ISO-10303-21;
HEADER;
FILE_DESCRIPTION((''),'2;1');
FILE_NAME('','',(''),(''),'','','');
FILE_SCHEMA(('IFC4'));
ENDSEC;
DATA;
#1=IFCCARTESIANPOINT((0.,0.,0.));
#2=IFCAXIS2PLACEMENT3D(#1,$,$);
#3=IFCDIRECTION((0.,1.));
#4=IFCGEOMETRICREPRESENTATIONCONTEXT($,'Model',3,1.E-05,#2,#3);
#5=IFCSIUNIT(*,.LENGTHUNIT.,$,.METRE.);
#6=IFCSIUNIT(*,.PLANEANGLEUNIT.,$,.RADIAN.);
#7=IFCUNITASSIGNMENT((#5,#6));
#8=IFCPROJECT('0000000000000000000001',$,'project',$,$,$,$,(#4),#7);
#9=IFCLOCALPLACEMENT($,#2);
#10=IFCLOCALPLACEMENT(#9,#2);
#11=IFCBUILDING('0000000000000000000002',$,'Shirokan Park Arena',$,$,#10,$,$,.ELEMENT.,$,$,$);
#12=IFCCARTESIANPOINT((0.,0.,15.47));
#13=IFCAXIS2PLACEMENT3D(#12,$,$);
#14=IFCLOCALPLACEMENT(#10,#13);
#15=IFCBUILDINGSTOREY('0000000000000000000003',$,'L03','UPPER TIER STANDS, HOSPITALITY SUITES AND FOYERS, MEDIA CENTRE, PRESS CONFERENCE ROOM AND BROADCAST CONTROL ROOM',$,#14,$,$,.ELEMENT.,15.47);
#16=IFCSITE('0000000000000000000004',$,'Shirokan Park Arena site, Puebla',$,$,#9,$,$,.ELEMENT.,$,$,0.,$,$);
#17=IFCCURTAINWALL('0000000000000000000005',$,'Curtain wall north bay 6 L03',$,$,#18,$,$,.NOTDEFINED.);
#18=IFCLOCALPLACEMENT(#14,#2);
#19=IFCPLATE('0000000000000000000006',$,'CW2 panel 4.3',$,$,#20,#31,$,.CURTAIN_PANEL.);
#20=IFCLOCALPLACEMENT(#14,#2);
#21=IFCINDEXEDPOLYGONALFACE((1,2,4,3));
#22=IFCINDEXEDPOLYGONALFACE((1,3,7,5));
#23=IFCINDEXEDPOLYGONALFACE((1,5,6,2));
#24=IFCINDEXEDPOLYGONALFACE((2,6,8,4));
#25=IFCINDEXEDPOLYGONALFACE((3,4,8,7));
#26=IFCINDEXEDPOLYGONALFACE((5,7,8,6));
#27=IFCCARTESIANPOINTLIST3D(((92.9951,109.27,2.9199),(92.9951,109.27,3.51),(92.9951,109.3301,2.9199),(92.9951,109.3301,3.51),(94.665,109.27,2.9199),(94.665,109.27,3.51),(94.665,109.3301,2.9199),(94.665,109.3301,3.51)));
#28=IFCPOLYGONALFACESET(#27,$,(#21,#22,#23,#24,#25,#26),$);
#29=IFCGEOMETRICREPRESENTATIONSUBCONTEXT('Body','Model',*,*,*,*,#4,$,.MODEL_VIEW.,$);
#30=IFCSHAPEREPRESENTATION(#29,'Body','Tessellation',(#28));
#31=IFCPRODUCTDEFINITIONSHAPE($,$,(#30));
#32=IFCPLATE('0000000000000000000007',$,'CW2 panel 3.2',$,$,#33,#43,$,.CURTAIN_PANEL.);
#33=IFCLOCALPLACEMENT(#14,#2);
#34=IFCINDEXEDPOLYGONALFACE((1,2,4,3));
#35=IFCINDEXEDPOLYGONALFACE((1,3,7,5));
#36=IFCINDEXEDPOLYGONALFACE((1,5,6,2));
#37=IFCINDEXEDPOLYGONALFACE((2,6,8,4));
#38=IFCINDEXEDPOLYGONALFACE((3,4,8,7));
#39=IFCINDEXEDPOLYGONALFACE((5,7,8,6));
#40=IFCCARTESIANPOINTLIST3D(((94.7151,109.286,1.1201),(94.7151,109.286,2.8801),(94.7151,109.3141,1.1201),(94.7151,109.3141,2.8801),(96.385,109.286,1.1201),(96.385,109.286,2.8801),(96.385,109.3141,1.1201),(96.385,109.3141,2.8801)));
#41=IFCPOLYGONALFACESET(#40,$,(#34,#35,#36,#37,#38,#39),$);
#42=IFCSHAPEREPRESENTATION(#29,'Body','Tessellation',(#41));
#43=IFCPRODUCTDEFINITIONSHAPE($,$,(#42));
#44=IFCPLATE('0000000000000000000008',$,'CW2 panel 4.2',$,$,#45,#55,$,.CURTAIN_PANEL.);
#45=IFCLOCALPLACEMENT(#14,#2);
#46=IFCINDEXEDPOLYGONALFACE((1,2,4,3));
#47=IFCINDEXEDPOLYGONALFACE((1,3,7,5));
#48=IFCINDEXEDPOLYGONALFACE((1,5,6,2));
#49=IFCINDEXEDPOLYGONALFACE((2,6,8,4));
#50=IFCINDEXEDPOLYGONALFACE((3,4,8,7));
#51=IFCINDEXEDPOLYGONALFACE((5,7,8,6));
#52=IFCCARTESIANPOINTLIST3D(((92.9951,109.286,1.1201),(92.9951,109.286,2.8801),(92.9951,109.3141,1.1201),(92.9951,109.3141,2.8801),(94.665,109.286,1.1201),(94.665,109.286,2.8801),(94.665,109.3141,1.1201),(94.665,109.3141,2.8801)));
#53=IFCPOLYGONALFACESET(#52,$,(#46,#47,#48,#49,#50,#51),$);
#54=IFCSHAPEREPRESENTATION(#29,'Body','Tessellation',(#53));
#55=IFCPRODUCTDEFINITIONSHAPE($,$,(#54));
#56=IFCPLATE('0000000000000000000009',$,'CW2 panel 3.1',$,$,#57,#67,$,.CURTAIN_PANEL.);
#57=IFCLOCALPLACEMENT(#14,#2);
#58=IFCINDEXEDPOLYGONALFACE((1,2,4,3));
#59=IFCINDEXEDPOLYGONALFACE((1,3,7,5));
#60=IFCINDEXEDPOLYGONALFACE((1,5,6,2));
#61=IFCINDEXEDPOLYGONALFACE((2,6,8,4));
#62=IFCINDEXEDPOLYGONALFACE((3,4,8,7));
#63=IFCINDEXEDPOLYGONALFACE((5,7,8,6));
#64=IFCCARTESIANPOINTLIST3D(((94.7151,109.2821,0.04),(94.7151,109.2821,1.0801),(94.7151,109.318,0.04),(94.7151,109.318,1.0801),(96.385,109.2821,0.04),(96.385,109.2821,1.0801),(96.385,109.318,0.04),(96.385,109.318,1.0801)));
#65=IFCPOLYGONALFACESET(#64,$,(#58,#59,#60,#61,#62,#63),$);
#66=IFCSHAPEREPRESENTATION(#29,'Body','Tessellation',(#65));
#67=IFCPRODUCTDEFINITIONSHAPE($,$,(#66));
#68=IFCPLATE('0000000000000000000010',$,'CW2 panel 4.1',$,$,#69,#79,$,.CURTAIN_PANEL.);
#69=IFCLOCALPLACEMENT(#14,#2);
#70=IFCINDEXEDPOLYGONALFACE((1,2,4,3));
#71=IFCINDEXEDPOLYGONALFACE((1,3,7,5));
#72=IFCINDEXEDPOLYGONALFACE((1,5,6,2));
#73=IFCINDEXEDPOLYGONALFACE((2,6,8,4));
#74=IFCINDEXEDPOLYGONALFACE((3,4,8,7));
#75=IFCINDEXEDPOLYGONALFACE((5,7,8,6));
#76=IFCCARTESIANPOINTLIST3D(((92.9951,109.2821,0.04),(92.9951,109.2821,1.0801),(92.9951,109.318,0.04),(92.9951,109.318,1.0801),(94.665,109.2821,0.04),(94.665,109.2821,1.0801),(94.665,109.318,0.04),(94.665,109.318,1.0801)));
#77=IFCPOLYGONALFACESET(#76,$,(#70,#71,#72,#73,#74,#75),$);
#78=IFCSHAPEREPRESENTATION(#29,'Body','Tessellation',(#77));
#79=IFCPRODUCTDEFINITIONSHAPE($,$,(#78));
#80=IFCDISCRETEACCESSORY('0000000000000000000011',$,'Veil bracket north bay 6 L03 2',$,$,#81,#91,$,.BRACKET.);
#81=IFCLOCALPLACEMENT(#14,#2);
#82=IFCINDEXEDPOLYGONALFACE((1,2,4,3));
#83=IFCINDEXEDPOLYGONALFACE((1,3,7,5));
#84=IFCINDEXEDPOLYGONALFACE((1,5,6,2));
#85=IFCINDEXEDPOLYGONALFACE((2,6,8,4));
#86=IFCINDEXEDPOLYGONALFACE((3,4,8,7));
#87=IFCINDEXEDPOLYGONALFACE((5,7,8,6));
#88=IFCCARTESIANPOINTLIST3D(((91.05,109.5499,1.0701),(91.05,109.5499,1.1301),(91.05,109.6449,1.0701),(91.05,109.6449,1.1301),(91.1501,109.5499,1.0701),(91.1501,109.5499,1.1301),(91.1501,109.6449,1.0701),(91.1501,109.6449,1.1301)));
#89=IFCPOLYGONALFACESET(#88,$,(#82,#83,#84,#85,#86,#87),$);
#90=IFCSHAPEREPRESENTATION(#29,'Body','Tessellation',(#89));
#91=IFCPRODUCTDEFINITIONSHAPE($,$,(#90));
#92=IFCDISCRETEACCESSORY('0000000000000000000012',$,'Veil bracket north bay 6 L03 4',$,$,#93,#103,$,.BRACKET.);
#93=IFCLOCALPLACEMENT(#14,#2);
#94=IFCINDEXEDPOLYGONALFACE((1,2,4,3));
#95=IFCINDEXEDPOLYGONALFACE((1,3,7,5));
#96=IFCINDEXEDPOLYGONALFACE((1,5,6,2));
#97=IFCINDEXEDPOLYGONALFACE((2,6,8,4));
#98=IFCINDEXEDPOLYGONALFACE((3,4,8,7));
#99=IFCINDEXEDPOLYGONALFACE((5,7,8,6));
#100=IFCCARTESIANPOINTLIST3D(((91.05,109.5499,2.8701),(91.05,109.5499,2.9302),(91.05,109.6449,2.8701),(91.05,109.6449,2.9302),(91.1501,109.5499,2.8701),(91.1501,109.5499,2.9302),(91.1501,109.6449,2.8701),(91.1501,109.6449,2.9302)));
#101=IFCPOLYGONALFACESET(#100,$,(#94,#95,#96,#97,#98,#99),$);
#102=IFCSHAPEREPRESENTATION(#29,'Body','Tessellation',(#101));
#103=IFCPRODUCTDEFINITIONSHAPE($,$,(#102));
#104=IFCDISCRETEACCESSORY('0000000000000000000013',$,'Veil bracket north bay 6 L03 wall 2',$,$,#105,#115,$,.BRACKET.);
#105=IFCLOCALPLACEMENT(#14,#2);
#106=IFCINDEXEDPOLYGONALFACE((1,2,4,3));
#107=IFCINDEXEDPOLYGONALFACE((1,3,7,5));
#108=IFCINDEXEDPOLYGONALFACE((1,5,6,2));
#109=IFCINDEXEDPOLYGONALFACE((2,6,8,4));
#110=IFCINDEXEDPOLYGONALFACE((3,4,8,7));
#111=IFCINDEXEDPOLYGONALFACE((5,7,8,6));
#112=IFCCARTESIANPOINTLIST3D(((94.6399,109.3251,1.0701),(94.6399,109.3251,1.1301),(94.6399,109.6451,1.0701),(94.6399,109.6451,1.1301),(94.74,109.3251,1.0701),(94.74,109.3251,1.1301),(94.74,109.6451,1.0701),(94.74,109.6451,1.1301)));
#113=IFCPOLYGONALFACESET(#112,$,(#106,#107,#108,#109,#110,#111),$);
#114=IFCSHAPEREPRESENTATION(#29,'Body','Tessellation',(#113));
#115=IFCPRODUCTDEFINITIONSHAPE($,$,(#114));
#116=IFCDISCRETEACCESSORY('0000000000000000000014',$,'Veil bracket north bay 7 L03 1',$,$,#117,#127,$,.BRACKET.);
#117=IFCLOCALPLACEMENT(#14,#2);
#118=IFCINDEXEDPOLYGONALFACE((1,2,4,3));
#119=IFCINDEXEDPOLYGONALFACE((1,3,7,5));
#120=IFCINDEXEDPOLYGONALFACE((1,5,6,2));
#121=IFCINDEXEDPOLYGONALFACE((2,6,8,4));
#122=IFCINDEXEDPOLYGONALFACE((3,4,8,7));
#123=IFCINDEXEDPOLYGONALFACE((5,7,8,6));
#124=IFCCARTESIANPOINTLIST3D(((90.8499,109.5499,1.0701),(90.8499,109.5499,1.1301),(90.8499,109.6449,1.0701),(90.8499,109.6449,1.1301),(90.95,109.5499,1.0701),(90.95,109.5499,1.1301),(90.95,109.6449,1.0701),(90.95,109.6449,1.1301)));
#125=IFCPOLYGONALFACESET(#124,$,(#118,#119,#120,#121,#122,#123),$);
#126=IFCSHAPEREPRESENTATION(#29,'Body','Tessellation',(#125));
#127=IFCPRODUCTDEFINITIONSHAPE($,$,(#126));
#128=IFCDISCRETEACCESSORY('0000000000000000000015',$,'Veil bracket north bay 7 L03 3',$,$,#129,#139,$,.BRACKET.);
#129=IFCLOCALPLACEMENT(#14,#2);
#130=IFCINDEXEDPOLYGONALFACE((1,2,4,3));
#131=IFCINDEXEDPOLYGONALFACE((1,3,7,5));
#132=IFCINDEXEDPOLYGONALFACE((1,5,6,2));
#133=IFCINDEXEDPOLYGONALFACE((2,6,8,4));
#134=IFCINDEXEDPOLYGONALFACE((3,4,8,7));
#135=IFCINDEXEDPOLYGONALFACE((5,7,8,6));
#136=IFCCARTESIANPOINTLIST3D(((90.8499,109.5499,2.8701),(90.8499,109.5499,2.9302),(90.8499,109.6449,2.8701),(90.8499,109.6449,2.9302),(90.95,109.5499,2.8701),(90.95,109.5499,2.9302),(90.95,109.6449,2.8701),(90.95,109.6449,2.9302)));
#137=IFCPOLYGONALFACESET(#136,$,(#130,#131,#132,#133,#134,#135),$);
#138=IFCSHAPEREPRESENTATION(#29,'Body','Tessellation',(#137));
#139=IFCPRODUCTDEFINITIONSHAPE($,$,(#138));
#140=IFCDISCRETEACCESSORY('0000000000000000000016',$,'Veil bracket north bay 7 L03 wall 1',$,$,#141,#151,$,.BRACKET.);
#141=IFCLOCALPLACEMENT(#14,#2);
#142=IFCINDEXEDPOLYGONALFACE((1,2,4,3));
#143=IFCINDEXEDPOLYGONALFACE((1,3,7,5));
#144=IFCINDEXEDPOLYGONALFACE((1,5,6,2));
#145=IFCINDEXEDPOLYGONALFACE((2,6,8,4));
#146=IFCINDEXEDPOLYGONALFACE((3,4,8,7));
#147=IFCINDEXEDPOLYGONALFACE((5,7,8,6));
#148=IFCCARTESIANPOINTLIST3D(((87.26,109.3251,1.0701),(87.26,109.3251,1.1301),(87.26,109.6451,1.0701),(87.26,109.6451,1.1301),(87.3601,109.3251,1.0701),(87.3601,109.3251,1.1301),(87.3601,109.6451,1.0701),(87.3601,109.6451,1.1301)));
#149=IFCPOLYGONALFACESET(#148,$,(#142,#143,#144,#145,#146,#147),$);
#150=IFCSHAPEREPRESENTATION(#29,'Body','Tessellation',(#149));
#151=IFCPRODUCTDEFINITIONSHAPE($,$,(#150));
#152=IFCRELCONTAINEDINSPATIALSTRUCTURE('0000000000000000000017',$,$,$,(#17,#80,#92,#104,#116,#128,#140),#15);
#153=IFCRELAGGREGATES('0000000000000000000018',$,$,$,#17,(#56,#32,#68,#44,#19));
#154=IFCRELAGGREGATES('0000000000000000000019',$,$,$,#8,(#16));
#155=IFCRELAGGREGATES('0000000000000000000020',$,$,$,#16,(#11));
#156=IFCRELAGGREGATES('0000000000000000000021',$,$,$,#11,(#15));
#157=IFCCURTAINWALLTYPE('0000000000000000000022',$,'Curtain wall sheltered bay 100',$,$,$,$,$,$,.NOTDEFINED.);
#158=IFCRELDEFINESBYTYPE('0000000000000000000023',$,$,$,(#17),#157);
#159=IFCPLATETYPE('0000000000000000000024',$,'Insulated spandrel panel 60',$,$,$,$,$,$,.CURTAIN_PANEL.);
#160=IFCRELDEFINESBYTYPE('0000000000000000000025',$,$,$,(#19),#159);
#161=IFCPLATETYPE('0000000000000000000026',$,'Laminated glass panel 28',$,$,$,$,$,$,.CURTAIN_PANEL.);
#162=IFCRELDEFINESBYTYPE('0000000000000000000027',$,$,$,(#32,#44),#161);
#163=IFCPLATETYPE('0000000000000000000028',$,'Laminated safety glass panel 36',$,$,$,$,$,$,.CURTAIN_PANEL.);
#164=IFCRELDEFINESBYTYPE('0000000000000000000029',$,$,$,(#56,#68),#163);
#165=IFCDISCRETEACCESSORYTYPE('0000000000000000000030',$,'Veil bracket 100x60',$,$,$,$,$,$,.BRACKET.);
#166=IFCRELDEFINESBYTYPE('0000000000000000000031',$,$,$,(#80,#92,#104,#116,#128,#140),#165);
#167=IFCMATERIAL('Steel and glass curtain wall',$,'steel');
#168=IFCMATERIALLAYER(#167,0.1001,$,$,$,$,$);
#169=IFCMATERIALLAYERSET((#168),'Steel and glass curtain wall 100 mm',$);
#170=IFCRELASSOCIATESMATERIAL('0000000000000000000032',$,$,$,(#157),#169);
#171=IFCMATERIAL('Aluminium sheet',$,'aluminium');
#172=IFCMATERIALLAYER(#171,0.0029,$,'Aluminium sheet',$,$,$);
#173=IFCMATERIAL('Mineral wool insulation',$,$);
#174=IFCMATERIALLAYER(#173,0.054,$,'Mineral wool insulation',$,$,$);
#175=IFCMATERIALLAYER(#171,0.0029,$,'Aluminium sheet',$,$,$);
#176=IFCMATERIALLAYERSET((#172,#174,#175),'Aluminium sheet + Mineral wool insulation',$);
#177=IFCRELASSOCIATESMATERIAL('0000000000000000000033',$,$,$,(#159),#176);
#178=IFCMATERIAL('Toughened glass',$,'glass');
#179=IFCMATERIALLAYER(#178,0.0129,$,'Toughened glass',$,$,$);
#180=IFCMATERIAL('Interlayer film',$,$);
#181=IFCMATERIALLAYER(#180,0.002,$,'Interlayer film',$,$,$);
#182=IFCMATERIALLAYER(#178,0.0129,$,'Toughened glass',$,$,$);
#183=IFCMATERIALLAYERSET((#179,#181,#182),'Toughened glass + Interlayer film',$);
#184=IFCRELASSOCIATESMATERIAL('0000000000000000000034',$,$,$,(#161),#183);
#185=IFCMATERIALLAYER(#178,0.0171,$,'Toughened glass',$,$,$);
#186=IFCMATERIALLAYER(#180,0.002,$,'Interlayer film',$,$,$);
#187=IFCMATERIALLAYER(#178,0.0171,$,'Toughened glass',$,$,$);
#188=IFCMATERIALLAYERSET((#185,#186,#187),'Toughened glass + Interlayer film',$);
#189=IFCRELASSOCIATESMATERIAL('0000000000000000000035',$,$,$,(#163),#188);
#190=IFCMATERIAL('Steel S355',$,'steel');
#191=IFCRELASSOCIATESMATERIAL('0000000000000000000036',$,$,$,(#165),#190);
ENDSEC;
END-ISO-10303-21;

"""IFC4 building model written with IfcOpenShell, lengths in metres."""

from ifc_helpers import new_model, si_unit, direction, frame, origin, origin_2d, place, context, subcontext, project, spatial, rectangle, extrude, material, layer, layer_set, type_object, element, aggregate, save


model = new_model("IFC4")

# Units and contexts
model_context = context("Model", 3, precision=1e-05, world=origin(), true_north=direction((0.0, 1.0)))
body_context = subcontext(model_context, "Body", "Model", "MODEL_VIEW")
ifc_project = project(units=[si_unit("LENGTHUNIT", "METRE"), si_unit("PLANEANGLEUNIT", "RADIAN")], contexts=[model_context])

# Site, building, storey
site_placement = place(None, origin())
site = spatial("IfcSite", under=ifc_project, at=site_placement, Name="Shirokan Park Arena site, Puebla", CompositionType="ELEMENT", RefElevation=0.0)
building_placement = place(site_placement, origin())
building = spatial("IfcBuilding", under=site, at=building_placement, Name="Shirokan Park Arena", CompositionType="ELEMENT")
storey_placement = place(building_placement, frame((0.0, 0.0, 15.47)))
storey = spatial("IfcBuildingStorey", under=building, at=storey_placement, Name="L03", Description="UPPER TIER STANDS, HOSPITALITY SUITES AND FOYERS, MEDIA CENTRE, PRESS CONFERENCE ROOM AND BROADCAST CONTROL ROOM", CompositionType="ELEMENT", Elevation=15.47)

# Curtain wall, plates
ifc_material_1 = material(Name="Steel and glass curtain wall", Category="steel")
ifc_layer_1 = layer(ifc_material_1, 0.1001)
ifc_layer_set_1 = layer_set([ifc_layer_1], Name="Steel and glass curtain wall 100 mm")
curtain_wall_type = type_object("IfcCurtainWallType", Name="Curtain wall sheltered bay 100", PredefinedType="NOTDEFINED", material=ifc_layer_set_1)
curtain_wall_placement = place(storey_placement, origin())
curtain_wall = element("IfcCurtainWall", 1, at=curtain_wall_placement, inside=storey, type_object=curtain_wall_type, Name="Curtain wall north bay 6 L03", PredefinedType="NOTDEFINED")
ifc_material_2 = material(Name="Steel S355", Category="steel")
ifc_material_3 = material(Name="Aluminium sheet", Category="aluminium")
ifc_layer_2 = layer(ifc_material_3, 0.0029, Name="Aluminium sheet")
ifc_material_4 = material(Name="Mineral wool insulation")
ifc_layer_3 = layer(ifc_material_4, 0.054, Name="Mineral wool insulation")
ifc_layer_4 = layer(ifc_material_3, 0.0029, Name="Aluminium sheet")
ifc_layer_set_2 = layer_set([ifc_layer_2, ifc_layer_3, ifc_layer_4], Name="Aluminium sheet + Mineral wool insulation")
plate_type_1 = type_object("IfcPlateType", Name="Insulated spandrel panel 60", PredefinedType="CURTAIN_PANEL", material=ifc_layer_set_2)
plate_1_placement = place(storey_placement, frame((93.8301, 109.3, 2.9199), z_axis=(0.0, 0.0, 1.0), x_axis=(-1.0, 0.0, 0.0)))
plate_1 = element("IfcPlate", 2, at=plate_1_placement, type_object=plate_type_1, Name="CW2 panel 4.3", PredefinedType="CURTAIN_PANEL", context=body_context, shape_type="SweptSolid", body=[
    extrude(rectangle(XDim=1.6699, YDim=0.0601, at=origin_2d()), origin(), (0.0, 0.0, 1.0), 0.5901),
])
ifc_material_5 = material(Name="Toughened glass", Category="glass")
ifc_layer_5 = layer(ifc_material_5, 0.0129, Name="Toughened glass")
ifc_material_6 = material(Name="Interlayer film")
ifc_layer_6 = layer(ifc_material_6, 0.002, Name="Interlayer film")
ifc_layer_7 = layer(ifc_material_5, 0.0129, Name="Toughened glass")
ifc_layer_set_3 = layer_set([ifc_layer_5, ifc_layer_6, ifc_layer_7], Name="Toughened glass + Interlayer film")
plate_type_2 = type_object("IfcPlateType", Name="Laminated glass panel 28", PredefinedType="CURTAIN_PANEL", material=ifc_layer_set_3)
plate_2_placement = place(storey_placement, frame((95.55, 109.3, 1.1201), z_axis=(0.0, 0.0, 1.0), x_axis=(-1.0, 0.0, 0.0)))
plate_2 = element("IfcPlate", 3, at=plate_2_placement, type_object=plate_type_2, Name="CW2 panel 3.2", PredefinedType="CURTAIN_PANEL", context=body_context, shape_type="SweptSolid", body=[
    extrude(rectangle(XDim=1.6699, YDim=0.0281, at=origin_2d()), origin(), (0.0, 0.0, 1.0), 1.76),
])
plate_3_placement = place(storey_placement, frame((93.8301, 109.3, 1.1201), z_axis=(0.0, 0.0, 1.0), x_axis=(-1.0, 0.0, 0.0)))
plate_3 = element("IfcPlate", 4, at=plate_3_placement, type_object=plate_type_2, Name="CW2 panel 4.2", PredefinedType="CURTAIN_PANEL", context=body_context, shape_type="SweptSolid", body=[
    extrude(rectangle(XDim=1.6699, YDim=0.0281, at=origin_2d()), origin(), (0.0, 0.0, 1.0), 1.76),
])
ifc_layer_8 = layer(ifc_material_5, 0.0171, Name="Toughened glass")
ifc_layer_9 = layer(ifc_material_6, 0.002, Name="Interlayer film")
ifc_layer_10 = layer(ifc_material_5, 0.0171, Name="Toughened glass")
ifc_layer_set_4 = layer_set([ifc_layer_8, ifc_layer_9, ifc_layer_10], Name="Toughened glass + Interlayer film")
plate_type_3 = type_object("IfcPlateType", Name="Laminated safety glass panel 36", PredefinedType="CURTAIN_PANEL", material=ifc_layer_set_4)
plate_4_placement = place(storey_placement, frame((95.55, 109.3, 0.04), z_axis=(0.0, 0.0, 1.0), x_axis=(-1.0, 0.0, 0.0)))
plate_4 = element("IfcPlate", 5, at=plate_4_placement, type_object=plate_type_3, Name="CW2 panel 3.1", PredefinedType="CURTAIN_PANEL", context=body_context, shape_type="SweptSolid", body=[
    extrude(rectangle(XDim=1.6699, YDim=0.0359, at=origin_2d()), origin(), (0.0, 0.0, 1.0), 1.04),
])
plate_5_placement = place(storey_placement, frame((93.8301, 109.3, 0.04), z_axis=(0.0, 0.0, 1.0), x_axis=(-1.0, 0.0, 0.0)))
plate_5 = element("IfcPlate", 6, at=plate_5_placement, type_object=plate_type_3, Name="CW2 panel 4.1", PredefinedType="CURTAIN_PANEL", context=body_context, shape_type="SweptSolid", body=[
    extrude(rectangle(XDim=1.6699, YDim=0.0359, at=origin_2d()), origin(), (0.0, 0.0, 1.0), 1.04),
])
aggregate(curtain_wall, [plate_4, plate_2, plate_5, plate_3, plate_1])

# Discrete accessories
discrete_accessory_type = type_object("IfcDiscreteAccessoryType", Name="Veil bracket 100x60", PredefinedType="BRACKET", material=ifc_material_2)
for number, where, z_axis, x_axis, name in (
    (7, (91.1001, 109.5974, 1.0701), (0.0, 0.0, 1.0), (-1.0, 0.0, 0.0), "Veil bracket north bay 6 L03 2"),
    (8, (91.1001, 109.5974, 2.8701), (0.0, 0.0, 1.0), (-1.0, 0.0, 0.0), "Veil bracket north bay 6 L03 4"),
):
    element("IfcDiscreteAccessory", number, at=place(storey_placement, frame(where, z_axis=z_axis, x_axis=x_axis)), inside=storey, type_object=discrete_accessory_type, Name=name, PredefinedType="BRACKET", context=body_context, shape_type="SweptSolid", body=[
        extrude(rectangle(XDim=0.1001, YDim=0.095, at=origin_2d()), origin(), (0.0, 0.0, 1.0), 0.0601),
    ])
discrete_accessory_1_placement = place(storey_placement, frame((94.6899, 109.4851, 1.0701), z_axis=(0.0, 0.0, 1.0), x_axis=(-1.0, 0.0, 0.0)))
element("IfcDiscreteAccessory", 9, at=discrete_accessory_1_placement, inside=storey, type_object=discrete_accessory_type, Name="Veil bracket north bay 6 L03 wall 2", PredefinedType="BRACKET", context=body_context, shape_type="SweptSolid", body=[
    extrude(rectangle(XDim=0.1001, YDim=0.3201, at=origin_2d()), origin(), (0.0, 0.0, 1.0), 0.0601),
])
for number, where, z_axis, x_axis, name in (
    (10, (90.8999, 109.5974, 1.0701), (0.0, 0.0, 1.0), (-1.0, 0.0, 0.0), "Veil bracket north bay 7 L03 1"),
    (11, (90.8999, 109.5974, 2.8701), (0.0, 0.0, 1.0), (-1.0, 0.0, 0.0), "Veil bracket north bay 7 L03 3"),
):
    element("IfcDiscreteAccessory", number, at=place(storey_placement, frame(where, z_axis=z_axis, x_axis=x_axis)), inside=storey, type_object=discrete_accessory_type, Name=name, PredefinedType="BRACKET", context=body_context, shape_type="SweptSolid", body=[
        extrude(rectangle(XDim=0.1001, YDim=0.095, at=origin_2d()), origin(), (0.0, 0.0, 1.0), 0.0601),
    ])
discrete_accessory_2_placement = place(storey_placement, frame((87.3101, 109.4851, 1.0701), z_axis=(0.0, 0.0, 1.0), x_axis=(-1.0, 0.0, 0.0)))
element("IfcDiscreteAccessory", 12, at=discrete_accessory_2_placement, inside=storey, type_object=discrete_accessory_type, Name="Veil bracket north bay 7 L03 wall 1", PredefinedType="BRACKET", context=body_context, shape_type="SweptSolid", body=[
    extrude(rectangle(XDim=0.1001, YDim=0.3201, at=origin_2d()), origin(), (0.0, 0.0, 1.0), 0.0601),
])

save(model, "model.ifc")
